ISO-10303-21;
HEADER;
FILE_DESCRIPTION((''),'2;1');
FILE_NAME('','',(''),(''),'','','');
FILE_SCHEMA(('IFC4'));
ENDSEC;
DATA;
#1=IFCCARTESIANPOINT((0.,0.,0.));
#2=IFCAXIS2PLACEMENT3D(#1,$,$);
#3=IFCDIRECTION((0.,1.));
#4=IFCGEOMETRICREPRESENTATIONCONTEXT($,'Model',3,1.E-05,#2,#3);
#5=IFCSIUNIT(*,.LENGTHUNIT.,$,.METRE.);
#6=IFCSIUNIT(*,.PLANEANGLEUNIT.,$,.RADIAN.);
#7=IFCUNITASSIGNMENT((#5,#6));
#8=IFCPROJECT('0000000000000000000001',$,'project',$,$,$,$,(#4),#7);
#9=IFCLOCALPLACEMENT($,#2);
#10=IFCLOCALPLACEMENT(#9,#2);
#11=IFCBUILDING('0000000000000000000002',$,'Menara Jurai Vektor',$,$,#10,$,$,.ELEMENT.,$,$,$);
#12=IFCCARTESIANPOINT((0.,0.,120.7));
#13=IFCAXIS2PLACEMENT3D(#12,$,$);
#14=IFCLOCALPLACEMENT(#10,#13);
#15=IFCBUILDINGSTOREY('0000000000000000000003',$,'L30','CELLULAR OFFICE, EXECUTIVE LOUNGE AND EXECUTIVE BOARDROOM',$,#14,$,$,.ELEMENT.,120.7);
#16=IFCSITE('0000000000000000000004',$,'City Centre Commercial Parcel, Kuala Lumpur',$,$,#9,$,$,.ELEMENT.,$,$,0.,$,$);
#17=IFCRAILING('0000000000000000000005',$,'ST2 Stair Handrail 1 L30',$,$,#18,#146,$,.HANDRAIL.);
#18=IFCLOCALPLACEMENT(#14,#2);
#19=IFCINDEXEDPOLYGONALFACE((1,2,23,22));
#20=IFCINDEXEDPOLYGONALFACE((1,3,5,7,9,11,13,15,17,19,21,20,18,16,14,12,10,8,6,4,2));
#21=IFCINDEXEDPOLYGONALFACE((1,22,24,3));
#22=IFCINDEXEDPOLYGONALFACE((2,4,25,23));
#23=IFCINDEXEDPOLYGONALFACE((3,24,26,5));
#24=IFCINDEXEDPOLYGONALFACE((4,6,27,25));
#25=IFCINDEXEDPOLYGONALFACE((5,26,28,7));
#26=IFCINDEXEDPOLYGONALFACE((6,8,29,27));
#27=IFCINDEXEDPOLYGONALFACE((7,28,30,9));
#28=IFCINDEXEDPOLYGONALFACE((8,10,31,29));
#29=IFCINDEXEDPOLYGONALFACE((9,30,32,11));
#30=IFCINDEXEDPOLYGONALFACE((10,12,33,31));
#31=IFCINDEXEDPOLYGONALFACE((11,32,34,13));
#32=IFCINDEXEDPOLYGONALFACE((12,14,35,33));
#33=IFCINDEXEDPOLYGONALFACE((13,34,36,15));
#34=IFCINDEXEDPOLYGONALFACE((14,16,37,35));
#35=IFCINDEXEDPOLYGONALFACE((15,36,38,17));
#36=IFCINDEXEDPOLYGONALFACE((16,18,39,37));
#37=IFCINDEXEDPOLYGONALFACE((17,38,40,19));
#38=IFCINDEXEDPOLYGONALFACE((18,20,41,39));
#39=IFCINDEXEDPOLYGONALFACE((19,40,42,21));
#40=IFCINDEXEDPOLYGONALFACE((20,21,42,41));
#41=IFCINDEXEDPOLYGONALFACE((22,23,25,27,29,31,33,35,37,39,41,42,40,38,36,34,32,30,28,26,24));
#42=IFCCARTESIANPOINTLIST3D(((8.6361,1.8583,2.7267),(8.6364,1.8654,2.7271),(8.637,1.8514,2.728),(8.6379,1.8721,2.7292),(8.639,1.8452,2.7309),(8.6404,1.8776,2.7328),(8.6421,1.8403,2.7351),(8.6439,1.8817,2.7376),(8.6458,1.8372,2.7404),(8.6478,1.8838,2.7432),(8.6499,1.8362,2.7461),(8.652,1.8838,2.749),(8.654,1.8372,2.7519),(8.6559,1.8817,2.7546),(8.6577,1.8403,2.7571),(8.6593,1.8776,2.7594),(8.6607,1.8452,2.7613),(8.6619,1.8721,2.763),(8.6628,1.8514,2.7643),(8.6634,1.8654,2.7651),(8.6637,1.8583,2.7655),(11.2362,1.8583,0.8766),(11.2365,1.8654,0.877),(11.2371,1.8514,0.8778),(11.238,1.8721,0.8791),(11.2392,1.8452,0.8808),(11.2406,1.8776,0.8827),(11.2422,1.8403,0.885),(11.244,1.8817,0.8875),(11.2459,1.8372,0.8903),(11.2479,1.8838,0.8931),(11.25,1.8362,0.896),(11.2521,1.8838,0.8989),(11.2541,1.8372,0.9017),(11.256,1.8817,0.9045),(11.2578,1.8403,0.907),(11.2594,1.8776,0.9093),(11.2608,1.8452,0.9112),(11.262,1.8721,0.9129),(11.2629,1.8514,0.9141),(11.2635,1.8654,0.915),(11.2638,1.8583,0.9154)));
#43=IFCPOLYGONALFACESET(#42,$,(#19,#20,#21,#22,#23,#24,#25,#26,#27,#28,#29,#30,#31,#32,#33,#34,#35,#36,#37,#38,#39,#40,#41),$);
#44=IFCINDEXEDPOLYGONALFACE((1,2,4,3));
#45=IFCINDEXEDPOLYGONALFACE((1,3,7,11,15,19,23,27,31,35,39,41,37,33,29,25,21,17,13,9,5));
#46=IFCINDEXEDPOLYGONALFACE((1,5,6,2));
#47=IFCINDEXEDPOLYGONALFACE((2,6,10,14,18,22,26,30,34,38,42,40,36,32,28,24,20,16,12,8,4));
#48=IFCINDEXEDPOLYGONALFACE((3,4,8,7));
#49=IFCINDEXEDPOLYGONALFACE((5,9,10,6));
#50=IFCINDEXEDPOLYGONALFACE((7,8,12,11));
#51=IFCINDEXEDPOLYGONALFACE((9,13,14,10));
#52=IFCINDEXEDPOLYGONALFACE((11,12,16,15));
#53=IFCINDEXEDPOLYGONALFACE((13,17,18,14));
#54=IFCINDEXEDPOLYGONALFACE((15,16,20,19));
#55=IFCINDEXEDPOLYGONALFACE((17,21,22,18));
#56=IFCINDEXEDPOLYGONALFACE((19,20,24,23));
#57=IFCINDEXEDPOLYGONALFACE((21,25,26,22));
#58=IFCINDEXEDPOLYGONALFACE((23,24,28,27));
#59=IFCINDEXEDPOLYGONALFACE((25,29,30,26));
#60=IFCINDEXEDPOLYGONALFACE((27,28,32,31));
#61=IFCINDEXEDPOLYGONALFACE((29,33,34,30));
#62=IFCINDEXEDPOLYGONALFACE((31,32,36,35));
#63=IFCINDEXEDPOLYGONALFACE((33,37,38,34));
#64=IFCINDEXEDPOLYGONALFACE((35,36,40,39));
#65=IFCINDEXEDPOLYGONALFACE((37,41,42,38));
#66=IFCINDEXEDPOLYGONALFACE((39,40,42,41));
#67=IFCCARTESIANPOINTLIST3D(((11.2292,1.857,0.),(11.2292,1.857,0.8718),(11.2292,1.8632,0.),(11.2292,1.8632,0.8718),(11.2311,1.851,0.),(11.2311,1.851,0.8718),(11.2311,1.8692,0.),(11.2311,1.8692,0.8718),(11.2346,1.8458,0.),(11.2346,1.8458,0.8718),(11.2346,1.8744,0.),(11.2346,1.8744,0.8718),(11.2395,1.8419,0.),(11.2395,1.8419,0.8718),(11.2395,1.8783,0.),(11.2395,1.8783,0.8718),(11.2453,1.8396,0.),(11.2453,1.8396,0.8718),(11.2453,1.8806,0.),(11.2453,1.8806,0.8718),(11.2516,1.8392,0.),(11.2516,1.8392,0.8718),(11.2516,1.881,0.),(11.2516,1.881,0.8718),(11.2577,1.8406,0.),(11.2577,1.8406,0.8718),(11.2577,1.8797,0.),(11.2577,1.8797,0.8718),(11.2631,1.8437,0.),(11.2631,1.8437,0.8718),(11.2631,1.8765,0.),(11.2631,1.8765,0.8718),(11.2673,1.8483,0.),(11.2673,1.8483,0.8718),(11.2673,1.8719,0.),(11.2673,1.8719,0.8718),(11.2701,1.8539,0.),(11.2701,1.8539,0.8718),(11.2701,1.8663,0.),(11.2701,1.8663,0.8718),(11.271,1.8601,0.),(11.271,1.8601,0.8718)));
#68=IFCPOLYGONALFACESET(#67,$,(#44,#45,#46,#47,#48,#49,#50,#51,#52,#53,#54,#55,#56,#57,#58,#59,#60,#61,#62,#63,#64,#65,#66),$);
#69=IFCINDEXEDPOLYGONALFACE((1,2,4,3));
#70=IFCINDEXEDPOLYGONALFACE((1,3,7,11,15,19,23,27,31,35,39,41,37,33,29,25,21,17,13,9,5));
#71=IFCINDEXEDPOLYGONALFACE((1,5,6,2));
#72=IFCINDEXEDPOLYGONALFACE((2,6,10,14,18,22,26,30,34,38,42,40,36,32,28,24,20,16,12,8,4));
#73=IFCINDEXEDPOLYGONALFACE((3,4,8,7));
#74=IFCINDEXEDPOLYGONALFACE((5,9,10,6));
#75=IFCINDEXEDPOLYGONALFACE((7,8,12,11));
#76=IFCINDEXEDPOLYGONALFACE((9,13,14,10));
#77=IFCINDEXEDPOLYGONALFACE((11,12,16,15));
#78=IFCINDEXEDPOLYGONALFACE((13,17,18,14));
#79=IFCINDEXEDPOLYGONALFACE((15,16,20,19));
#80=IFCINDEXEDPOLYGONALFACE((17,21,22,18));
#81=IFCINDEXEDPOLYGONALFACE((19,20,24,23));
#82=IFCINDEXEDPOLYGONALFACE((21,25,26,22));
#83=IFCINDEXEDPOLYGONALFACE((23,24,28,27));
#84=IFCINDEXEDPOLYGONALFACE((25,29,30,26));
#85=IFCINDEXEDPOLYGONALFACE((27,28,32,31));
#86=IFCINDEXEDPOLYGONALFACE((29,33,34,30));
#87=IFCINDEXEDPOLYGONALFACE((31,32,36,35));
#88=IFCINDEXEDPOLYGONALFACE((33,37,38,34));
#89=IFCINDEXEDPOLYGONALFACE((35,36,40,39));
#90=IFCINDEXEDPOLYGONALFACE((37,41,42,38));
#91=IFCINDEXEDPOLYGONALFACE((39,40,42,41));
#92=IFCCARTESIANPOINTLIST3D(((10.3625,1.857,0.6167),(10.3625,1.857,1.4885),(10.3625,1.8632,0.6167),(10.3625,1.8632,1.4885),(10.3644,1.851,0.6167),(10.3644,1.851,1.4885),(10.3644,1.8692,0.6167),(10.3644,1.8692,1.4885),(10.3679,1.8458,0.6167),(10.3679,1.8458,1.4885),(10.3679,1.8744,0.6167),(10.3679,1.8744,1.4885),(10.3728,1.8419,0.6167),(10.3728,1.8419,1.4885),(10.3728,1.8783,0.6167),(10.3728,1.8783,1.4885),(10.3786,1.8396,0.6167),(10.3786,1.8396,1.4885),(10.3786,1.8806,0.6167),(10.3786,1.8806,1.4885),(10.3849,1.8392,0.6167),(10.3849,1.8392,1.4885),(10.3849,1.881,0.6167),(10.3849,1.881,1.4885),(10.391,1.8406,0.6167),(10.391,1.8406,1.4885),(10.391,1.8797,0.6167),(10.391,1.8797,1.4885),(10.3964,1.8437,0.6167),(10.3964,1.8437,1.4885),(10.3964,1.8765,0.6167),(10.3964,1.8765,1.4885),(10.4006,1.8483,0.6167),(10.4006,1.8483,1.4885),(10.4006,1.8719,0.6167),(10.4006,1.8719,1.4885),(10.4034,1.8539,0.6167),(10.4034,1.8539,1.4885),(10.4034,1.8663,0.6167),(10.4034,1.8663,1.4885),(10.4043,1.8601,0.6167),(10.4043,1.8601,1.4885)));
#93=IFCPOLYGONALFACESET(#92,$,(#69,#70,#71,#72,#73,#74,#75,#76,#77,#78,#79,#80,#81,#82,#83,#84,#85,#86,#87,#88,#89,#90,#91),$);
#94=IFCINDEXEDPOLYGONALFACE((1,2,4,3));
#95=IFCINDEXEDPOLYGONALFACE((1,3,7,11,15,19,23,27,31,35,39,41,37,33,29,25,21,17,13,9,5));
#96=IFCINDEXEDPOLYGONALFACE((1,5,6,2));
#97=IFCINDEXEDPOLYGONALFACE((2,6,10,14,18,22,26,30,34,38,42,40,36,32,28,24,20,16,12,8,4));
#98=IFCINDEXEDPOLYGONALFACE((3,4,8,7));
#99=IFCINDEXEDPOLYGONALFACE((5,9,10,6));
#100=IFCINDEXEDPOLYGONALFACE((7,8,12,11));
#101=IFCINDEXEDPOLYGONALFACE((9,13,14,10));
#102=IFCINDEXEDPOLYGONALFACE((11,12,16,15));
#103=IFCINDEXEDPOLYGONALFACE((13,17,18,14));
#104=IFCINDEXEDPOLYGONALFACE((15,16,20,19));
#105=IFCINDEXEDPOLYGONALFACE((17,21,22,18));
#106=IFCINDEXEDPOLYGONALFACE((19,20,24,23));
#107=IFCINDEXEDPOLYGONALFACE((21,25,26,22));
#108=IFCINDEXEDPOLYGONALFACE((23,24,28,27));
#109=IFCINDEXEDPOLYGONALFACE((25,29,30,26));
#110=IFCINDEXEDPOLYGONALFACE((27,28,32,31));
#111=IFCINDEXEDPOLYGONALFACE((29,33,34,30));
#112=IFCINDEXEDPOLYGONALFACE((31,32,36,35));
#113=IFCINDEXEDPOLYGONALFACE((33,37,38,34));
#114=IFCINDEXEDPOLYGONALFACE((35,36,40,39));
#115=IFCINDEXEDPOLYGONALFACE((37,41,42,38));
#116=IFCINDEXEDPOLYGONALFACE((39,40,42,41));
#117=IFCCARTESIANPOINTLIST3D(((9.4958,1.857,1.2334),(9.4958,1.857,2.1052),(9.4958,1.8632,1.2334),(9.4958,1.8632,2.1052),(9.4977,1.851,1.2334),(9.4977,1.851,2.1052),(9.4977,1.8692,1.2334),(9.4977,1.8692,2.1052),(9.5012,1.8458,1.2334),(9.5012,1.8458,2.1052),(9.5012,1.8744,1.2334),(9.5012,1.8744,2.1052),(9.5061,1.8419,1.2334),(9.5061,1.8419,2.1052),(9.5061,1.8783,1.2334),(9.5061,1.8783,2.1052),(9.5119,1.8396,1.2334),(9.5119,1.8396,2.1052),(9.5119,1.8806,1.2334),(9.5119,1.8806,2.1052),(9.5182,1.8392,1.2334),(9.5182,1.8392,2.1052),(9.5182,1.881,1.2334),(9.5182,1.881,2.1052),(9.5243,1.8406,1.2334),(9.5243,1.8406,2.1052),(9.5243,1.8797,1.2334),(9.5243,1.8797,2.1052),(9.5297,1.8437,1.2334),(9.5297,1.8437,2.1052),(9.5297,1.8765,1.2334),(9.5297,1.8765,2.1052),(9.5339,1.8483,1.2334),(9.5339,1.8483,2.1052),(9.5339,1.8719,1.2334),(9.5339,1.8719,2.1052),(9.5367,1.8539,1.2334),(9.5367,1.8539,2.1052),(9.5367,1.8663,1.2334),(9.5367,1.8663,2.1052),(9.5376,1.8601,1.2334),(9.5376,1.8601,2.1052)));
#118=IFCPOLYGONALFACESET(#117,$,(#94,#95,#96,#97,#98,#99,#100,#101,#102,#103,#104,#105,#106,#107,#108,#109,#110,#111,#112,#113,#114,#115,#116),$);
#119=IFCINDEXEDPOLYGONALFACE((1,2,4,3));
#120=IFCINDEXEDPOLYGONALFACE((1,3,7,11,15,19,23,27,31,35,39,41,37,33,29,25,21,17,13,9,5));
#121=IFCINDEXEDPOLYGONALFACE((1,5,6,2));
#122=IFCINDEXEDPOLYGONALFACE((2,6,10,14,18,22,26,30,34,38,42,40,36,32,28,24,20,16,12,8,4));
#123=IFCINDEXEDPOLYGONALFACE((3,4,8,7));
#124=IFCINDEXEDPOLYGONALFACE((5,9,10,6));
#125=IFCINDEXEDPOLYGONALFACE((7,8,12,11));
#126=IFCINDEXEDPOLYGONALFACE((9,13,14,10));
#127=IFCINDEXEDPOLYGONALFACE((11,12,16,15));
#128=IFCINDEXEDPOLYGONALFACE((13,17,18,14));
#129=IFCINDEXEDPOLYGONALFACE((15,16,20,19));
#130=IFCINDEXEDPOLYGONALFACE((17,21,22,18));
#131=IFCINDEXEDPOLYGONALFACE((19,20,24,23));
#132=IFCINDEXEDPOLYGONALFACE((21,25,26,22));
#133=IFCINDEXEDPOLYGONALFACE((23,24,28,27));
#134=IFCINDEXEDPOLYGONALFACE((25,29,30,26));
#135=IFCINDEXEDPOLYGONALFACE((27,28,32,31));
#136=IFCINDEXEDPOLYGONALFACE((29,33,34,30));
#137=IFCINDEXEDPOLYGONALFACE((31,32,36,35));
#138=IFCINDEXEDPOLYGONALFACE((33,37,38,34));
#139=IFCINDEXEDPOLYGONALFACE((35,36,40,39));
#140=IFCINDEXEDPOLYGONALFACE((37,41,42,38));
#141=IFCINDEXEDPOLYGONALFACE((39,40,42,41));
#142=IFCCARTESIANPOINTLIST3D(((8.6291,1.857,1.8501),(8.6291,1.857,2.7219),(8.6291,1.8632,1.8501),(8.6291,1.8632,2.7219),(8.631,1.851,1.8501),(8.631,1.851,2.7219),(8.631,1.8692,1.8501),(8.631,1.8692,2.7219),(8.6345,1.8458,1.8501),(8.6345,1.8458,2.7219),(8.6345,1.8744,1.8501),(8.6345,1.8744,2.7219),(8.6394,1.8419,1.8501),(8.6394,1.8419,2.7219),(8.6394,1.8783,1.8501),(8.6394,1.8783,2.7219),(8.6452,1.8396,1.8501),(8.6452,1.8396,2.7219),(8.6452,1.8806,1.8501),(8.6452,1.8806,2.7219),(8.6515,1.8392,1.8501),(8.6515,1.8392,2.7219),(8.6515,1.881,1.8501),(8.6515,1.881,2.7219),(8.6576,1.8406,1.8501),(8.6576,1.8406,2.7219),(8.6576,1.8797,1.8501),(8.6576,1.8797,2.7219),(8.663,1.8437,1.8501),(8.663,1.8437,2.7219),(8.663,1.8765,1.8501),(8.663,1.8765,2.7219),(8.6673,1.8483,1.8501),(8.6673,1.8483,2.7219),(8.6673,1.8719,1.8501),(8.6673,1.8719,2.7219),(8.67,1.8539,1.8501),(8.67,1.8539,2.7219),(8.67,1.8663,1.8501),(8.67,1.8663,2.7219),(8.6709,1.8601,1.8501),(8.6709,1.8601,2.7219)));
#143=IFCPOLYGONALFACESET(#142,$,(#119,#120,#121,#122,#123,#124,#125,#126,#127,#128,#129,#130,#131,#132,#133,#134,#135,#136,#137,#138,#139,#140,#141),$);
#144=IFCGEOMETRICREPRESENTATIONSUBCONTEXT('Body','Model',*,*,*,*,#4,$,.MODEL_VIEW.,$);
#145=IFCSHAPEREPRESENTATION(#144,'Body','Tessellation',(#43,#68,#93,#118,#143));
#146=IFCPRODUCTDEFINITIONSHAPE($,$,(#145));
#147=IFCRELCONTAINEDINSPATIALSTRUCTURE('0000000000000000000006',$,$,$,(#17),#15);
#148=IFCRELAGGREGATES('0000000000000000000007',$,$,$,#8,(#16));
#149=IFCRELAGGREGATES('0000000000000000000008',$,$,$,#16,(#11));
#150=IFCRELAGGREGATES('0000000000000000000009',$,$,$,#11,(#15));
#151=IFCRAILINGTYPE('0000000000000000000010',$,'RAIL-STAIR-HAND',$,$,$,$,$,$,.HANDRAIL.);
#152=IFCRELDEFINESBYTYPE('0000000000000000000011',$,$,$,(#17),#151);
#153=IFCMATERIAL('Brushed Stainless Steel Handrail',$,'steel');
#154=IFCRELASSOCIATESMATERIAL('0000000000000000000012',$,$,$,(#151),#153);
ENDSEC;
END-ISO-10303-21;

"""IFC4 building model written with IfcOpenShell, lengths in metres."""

from ifc_helpers import new_model, si_unit, direction, frame, origin, origin_2d, place, context, subcontext, project, spatial, circle, extrude, material, type_object, element, save


model = new_model("IFC4")

# Units and contexts
model_context = context("Model", 3, precision=1e-05, world=origin(), true_north=direction((0.0, 1.0)))
body_context = subcontext(model_context, "Body", "Model", "MODEL_VIEW")
ifc_project = project(units=[si_unit("LENGTHUNIT", "METRE"), si_unit("PLANEANGLEUNIT", "RADIAN")], contexts=[model_context])

# Site, building, storey
site_placement = place(None, origin())
site = spatial("IfcSite", under=ifc_project, at=site_placement, Name="City Centre Commercial Parcel, Kuala Lumpur", CompositionType="ELEMENT", RefElevation=0.0)
building_placement = place(site_placement, origin())
building = spatial("IfcBuilding", under=site, at=building_placement, Name="Menara Jurai Vektor", CompositionType="ELEMENT")
storey_placement = place(building_placement, frame((0.0, 0.0, 120.7)))
storey = spatial("IfcBuildingStorey", under=building, at=storey_placement, Name="L30", Description="CELLULAR OFFICE, EXECUTIVE LOUNGE AND EXECUTIVE BOARDROOM", CompositionType="ELEMENT", Elevation=120.7)

# Railing
ifc_material_1 = material(Name="Brushed Stainless Steel Handrail", Category="steel")
railing_type_1 = type_object("IfcRailingType", Name="RAIL-STAIR-HAND", PredefinedType="HANDRAIL", material=ifc_material_1)
railing_1_placement = place(storey_placement, frame((11.25, 1.8601, 0.0)))
element("IfcRailing", 1, at=railing_1_placement, inside=storey, type_object=railing_type_1, Name="ST2 Stair Handrail 1 L30", PredefinedType="HANDRAIL", context=body_context, shape_type="SweptSolid", body=[
    extrude(circle(Radius=0.0239, at=origin_2d()), frame((0.0, 0.0, 0.896), z_axis=(-0.814787, 0.0, 0.579761), x_axis=(0.0, -1.0, 0.0)), (0.0, 0.0, 1.0), 3.1912),
    extrude(circle(Radius=0.021, at=origin_2d()), origin(), (0.0, 0.0, 1.0), 0.8718),
    extrude(circle(Radius=0.021, at=origin_2d()), frame((-0.8667, 0.0, 0.6167)), (0.0, 0.0, 1.0), 0.8718),
    extrude(circle(Radius=0.021, at=origin_2d()), frame((-1.7334, 0.0, 1.2334)), (0.0, 0.0, 1.0), 0.8718),
    extrude(circle(Radius=0.021, at=origin_2d()), frame((-2.6001, 0.0, 1.8501)), (0.0, 0.0, 1.0), 0.8718),
])

save(model, "model.ifc")
